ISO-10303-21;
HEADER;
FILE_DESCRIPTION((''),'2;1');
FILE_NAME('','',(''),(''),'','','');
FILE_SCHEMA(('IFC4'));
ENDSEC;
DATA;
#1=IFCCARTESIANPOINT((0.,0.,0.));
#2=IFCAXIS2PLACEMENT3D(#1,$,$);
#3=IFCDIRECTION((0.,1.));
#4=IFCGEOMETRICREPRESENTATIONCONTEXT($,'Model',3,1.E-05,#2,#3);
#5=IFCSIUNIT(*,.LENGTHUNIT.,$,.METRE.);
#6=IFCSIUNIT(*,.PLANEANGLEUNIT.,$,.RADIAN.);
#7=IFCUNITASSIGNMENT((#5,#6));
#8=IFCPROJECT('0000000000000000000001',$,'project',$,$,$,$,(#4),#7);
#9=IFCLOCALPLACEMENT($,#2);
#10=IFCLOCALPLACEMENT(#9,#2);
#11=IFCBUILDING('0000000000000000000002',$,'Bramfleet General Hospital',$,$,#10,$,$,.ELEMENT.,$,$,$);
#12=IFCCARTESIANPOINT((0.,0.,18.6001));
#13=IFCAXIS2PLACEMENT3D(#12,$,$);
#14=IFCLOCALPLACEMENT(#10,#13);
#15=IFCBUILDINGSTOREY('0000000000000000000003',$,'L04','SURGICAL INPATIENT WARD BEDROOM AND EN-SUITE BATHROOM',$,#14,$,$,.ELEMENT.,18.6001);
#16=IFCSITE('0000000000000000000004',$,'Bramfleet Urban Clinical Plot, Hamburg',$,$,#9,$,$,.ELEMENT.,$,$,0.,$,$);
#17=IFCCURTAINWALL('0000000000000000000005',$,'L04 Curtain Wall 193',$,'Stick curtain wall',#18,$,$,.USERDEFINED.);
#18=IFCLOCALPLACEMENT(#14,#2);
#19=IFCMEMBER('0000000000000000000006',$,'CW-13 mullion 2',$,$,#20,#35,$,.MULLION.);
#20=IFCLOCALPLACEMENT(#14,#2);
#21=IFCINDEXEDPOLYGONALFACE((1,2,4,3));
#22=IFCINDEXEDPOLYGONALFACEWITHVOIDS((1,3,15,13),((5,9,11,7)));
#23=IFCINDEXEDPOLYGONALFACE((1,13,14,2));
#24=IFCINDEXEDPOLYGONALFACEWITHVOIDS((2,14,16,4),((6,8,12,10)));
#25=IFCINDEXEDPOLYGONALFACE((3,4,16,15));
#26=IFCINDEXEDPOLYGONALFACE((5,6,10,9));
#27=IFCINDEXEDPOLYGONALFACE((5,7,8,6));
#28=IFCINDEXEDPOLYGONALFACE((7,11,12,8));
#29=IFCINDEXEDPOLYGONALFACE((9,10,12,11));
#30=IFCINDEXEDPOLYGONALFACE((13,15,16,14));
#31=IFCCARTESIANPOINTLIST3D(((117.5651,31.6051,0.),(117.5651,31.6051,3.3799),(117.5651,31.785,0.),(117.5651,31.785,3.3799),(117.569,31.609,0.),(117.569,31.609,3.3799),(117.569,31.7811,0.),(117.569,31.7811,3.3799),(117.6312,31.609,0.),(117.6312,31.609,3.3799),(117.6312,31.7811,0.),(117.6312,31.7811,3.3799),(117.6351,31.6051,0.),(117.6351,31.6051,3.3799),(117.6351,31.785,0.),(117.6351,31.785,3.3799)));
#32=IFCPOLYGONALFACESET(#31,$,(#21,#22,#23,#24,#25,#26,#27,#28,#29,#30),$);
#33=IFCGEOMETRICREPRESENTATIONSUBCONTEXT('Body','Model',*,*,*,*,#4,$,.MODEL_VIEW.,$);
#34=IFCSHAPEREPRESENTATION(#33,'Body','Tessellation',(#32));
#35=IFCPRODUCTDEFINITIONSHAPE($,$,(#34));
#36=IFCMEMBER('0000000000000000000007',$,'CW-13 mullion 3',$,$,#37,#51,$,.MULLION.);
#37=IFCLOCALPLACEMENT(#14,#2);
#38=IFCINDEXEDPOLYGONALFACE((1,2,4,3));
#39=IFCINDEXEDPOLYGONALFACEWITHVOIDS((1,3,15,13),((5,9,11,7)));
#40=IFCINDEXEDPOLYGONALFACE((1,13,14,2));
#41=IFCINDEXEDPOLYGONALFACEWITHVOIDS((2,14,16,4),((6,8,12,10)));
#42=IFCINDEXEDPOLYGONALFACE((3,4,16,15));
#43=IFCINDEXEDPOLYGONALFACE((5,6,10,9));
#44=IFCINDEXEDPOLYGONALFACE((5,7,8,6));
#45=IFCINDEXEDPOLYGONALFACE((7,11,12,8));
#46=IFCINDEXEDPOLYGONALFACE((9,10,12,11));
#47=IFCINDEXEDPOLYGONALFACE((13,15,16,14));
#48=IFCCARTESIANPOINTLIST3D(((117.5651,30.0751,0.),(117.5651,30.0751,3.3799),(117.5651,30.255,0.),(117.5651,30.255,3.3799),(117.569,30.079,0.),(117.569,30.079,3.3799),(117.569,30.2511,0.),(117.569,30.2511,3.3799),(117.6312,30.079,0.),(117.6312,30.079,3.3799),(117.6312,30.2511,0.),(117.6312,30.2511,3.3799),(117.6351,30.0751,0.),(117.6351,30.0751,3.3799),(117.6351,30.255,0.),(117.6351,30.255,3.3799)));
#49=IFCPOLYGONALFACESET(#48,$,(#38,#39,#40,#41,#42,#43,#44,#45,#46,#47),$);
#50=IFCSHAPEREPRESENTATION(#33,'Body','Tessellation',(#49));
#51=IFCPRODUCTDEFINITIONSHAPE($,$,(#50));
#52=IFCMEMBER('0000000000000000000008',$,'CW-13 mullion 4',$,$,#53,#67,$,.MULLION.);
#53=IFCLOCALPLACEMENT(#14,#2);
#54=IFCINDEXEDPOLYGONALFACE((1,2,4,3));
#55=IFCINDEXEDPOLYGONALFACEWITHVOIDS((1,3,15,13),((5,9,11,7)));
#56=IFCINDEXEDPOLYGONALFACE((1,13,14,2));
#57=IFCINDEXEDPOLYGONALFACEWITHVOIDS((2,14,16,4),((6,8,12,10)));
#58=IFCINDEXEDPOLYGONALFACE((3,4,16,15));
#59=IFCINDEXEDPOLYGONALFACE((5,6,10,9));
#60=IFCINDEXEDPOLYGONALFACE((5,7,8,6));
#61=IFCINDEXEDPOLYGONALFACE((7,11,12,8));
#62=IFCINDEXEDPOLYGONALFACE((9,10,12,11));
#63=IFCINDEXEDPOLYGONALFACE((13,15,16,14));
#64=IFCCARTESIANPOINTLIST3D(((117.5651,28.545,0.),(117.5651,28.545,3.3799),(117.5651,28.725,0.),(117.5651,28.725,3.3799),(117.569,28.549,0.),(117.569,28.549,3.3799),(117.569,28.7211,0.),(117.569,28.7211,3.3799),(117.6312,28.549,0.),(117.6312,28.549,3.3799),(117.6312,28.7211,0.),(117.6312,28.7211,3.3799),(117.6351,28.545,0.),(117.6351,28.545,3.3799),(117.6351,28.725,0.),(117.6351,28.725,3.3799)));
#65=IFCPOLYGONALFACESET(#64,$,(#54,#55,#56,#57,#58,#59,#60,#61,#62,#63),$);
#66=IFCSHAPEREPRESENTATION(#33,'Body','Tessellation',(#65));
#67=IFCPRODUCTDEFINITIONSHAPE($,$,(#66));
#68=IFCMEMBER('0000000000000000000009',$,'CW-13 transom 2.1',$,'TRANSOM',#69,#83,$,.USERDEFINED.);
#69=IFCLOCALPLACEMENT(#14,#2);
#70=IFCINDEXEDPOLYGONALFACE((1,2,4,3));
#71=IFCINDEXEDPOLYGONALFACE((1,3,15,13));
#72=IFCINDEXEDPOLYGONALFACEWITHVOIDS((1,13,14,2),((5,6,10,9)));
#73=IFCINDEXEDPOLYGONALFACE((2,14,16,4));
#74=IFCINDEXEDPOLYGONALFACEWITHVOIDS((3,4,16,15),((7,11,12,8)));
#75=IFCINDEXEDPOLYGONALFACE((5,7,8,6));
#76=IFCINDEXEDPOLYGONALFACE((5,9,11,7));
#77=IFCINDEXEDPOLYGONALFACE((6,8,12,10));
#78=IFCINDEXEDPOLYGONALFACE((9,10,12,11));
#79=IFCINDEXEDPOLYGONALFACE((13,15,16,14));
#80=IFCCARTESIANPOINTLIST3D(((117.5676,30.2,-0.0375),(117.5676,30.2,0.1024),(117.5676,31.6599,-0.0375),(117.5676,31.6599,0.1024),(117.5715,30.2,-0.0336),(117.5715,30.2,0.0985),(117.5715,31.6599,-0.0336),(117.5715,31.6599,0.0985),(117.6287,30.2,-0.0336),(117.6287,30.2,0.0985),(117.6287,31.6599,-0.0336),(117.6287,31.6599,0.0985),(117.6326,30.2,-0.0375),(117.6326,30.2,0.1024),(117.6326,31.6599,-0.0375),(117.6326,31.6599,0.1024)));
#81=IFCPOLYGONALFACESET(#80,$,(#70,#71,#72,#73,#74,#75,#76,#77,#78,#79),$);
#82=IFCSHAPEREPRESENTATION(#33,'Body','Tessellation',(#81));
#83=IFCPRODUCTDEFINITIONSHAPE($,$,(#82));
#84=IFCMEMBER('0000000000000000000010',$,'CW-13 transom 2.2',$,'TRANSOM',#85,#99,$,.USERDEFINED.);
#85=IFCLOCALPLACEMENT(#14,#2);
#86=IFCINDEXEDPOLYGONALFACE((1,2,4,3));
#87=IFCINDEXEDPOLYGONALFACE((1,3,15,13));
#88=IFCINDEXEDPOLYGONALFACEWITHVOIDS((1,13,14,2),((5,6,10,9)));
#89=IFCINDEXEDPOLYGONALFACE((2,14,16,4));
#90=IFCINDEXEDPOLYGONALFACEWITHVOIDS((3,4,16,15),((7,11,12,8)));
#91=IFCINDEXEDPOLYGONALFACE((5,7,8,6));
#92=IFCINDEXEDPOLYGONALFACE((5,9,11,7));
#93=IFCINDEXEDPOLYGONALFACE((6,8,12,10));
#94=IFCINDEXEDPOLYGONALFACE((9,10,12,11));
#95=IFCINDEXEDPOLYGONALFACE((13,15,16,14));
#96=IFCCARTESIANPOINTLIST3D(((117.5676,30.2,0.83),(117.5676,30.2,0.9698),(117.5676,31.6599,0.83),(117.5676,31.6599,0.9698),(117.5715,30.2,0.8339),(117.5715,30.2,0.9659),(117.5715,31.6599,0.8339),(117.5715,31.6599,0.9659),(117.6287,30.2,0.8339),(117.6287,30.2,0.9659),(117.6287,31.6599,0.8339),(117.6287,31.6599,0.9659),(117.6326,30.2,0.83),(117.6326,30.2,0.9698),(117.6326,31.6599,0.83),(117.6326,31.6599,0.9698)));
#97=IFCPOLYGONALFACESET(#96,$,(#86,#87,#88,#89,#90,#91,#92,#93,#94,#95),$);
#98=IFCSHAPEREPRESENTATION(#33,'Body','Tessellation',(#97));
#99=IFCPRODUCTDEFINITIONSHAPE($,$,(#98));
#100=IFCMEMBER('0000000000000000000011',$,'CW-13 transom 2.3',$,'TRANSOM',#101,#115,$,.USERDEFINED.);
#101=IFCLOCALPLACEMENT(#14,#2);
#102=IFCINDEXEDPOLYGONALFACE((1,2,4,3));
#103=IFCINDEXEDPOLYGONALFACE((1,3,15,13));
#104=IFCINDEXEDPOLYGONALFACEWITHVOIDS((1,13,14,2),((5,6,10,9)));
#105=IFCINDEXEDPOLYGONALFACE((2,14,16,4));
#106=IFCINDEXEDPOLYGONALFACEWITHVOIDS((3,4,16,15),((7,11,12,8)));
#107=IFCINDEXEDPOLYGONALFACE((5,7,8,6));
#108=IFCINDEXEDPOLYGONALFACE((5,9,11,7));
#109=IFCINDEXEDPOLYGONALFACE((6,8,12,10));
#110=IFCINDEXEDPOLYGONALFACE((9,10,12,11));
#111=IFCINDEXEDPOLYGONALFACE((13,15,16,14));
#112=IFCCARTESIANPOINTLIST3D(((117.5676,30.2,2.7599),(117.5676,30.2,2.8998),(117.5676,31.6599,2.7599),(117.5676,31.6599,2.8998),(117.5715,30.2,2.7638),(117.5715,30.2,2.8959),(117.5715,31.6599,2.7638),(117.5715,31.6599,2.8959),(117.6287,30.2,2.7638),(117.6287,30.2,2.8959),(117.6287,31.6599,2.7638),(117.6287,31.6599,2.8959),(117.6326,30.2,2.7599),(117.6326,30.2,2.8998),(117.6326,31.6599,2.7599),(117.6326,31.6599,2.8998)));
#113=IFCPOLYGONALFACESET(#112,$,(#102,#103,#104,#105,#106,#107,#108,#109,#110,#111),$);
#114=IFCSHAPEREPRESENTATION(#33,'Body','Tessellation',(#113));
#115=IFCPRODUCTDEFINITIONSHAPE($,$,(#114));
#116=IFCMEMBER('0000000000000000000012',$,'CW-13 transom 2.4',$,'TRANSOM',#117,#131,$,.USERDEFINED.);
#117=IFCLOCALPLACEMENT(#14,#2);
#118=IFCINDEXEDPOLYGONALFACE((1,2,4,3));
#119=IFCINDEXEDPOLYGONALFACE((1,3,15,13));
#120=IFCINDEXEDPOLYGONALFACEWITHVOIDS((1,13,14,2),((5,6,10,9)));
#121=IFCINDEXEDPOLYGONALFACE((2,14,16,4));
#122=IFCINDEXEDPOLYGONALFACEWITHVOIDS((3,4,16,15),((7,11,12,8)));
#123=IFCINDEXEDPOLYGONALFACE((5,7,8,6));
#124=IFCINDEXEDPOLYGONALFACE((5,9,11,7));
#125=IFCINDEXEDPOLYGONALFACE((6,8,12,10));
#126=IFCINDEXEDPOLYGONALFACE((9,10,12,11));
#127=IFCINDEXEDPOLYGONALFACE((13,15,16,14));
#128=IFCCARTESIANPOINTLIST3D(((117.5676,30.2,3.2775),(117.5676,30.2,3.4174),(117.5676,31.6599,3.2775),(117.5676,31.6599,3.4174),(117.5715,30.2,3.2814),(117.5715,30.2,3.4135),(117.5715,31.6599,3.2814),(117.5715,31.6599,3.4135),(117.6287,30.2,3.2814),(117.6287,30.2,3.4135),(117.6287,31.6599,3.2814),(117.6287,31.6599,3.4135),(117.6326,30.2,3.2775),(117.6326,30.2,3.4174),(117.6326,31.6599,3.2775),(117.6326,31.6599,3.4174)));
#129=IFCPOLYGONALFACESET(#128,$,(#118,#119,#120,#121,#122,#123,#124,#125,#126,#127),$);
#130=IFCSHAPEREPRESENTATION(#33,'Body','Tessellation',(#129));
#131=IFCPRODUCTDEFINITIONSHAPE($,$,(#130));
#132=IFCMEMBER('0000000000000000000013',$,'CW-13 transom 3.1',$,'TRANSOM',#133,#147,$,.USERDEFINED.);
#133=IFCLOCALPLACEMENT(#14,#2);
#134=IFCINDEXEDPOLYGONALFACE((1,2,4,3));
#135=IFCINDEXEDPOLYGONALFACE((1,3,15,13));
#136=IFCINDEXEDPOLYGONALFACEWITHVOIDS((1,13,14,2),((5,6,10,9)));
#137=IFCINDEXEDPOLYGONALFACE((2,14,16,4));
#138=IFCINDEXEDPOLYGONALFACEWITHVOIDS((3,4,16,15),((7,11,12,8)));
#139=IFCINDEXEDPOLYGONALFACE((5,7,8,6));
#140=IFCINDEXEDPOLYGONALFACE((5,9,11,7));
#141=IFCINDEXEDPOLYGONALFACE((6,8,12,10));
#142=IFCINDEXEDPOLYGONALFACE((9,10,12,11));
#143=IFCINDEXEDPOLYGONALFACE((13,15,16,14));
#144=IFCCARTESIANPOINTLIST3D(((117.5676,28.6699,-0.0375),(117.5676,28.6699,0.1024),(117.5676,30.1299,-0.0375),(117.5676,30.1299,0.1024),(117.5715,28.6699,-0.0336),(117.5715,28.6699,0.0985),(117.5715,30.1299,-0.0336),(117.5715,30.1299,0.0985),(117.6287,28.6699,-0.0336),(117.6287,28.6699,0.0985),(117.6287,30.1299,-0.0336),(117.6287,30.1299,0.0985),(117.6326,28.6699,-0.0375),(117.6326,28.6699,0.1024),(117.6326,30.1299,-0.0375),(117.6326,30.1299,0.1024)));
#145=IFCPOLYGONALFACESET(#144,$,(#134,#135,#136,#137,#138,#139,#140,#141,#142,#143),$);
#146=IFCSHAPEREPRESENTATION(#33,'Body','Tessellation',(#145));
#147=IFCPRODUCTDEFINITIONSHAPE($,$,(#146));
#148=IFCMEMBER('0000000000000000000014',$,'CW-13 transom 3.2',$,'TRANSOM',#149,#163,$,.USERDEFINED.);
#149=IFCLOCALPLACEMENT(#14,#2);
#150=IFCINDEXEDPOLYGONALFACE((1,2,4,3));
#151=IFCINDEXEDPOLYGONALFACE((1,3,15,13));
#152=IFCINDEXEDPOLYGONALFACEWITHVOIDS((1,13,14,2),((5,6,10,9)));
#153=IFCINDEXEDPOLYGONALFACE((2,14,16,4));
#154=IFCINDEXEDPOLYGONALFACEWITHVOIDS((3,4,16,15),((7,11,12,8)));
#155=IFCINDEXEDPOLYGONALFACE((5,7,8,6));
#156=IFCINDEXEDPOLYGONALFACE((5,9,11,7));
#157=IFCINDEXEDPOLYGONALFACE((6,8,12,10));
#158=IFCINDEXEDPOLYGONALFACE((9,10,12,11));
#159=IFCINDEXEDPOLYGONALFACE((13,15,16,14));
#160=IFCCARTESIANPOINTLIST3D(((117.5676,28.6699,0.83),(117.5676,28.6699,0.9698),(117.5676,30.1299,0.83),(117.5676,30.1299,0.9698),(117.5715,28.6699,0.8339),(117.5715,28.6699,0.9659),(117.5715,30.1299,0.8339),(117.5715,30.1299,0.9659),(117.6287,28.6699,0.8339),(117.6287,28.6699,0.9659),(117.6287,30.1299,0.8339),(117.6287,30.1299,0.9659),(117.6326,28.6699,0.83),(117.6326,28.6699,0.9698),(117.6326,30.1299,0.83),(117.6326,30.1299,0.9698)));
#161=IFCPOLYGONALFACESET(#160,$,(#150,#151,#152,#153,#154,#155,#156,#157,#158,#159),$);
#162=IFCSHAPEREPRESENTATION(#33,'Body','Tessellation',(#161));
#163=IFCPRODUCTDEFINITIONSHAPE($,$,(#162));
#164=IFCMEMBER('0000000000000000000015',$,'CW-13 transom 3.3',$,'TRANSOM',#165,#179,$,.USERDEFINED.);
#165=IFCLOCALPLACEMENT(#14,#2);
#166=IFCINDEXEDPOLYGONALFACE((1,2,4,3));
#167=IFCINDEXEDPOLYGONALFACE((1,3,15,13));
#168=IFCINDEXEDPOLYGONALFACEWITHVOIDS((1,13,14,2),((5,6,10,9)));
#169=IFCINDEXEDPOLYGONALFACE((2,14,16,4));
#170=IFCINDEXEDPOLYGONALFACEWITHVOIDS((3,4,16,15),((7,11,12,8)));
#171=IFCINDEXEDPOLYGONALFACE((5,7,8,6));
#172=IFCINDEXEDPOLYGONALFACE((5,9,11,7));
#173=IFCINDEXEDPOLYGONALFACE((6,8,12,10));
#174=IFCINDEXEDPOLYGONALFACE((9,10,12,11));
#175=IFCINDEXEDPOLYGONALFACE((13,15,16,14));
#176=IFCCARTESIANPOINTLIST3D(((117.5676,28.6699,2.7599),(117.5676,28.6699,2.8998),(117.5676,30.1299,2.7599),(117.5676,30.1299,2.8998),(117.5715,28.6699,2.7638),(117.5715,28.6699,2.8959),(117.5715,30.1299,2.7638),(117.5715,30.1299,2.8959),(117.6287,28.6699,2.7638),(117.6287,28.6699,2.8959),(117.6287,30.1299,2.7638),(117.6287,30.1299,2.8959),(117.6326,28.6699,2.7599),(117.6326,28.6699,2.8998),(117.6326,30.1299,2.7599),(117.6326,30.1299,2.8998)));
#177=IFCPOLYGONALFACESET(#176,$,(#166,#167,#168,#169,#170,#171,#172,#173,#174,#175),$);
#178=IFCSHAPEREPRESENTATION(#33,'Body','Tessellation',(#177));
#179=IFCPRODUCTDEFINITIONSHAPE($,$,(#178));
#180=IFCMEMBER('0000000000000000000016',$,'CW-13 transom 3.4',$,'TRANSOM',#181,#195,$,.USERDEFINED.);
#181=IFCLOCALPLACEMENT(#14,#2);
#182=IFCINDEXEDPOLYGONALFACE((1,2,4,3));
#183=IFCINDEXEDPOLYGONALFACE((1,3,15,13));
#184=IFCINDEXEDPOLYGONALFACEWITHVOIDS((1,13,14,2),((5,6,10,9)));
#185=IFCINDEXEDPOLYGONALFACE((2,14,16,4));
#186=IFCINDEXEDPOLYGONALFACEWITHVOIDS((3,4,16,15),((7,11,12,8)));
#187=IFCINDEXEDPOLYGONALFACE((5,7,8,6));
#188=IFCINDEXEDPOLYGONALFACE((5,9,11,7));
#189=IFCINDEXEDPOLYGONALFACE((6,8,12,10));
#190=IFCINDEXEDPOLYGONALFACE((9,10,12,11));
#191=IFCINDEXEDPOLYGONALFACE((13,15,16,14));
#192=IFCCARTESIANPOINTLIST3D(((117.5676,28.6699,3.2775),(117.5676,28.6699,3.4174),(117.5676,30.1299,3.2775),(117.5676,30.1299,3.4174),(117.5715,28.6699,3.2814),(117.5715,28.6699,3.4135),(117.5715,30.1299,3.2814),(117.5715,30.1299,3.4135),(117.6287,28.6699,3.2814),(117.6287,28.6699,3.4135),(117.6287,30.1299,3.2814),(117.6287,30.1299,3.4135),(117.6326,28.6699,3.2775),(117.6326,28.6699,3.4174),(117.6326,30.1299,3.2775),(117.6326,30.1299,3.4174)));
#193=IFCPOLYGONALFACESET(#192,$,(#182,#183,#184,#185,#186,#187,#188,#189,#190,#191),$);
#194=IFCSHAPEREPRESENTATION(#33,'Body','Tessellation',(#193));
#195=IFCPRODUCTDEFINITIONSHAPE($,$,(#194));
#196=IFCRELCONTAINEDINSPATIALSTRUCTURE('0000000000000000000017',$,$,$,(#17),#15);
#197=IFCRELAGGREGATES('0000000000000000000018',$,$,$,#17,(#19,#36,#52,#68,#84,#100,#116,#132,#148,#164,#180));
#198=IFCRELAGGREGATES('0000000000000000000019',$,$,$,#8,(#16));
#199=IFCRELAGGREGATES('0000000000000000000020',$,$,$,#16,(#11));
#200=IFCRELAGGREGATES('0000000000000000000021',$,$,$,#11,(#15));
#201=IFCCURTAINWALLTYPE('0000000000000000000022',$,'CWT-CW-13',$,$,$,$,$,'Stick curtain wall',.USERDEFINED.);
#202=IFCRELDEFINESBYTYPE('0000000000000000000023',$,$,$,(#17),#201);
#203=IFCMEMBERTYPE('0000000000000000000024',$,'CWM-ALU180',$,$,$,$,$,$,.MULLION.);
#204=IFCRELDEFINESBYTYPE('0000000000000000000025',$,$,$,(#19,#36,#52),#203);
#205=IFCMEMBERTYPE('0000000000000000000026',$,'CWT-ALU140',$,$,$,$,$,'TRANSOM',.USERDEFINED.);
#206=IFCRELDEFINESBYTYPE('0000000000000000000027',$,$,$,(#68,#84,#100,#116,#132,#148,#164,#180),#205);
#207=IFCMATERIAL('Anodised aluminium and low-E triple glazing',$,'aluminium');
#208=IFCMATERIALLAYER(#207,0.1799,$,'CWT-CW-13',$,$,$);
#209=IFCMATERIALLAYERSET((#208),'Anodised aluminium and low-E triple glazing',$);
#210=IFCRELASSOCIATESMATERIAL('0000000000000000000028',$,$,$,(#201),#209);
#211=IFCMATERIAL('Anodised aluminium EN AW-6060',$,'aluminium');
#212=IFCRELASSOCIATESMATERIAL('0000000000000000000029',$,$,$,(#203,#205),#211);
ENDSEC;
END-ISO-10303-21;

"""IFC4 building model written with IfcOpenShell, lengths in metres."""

from ifc_helpers import new_model, si_unit, direction, frame, origin, origin_2d, place, context, subcontext, project, spatial, hollow_rectangle, extrude, material, layer, layer_set, material_profile, profile_set, type_object, element, aggregate, save


model = new_model("IFC4")

# Units and contexts
model_context = context("Model", 3, precision=1e-05, world=origin(), true_north=direction((0.0, 1.0)))
body_context = subcontext(model_context, "Body", "Model", "MODEL_VIEW")
ifc_project = project(units=[si_unit("LENGTHUNIT", "METRE"), si_unit("PLANEANGLEUNIT", "RADIAN")], contexts=[model_context])

# Site, building, storey
site_placement = place(None, origin())
site = spatial("IfcSite", under=ifc_project, at=site_placement, Name="Bramfleet Urban Clinical Plot, Hamburg", CompositionType="ELEMENT", RefElevation=0.0)
building_placement = place(site_placement, origin())
building = spatial("IfcBuilding", under=site, at=building_placement, Name="Bramfleet General Hospital", CompositionType="ELEMENT")
storey_placement = place(building_placement, frame((0.0, 0.0, 18.6001)))
storey = spatial("IfcBuildingStorey", under=building, at=storey_placement, Name="L04", Description="SURGICAL INPATIENT WARD BEDROOM AND EN-SUITE BATHROOM", CompositionType="ELEMENT", Elevation=18.6001)

# Curtain wall, members
ifc_material_1 = material(Name="Anodised aluminium and low-E triple glazing", Category="aluminium")
ifc_layer_1 = layer(ifc_material_1, 0.1799, Name="CWT-CW-13")
ifc_layer_set_1 = layer_set([ifc_layer_1], Name="Anodised aluminium and low-E triple glazing")
curtain_wall_type = type_object("IfcCurtainWallType", Name="CWT-CW-13", ElementType="Stick curtain wall", PredefinedType="USERDEFINED", material=ifc_layer_set_1)
curtain_wall_placement = place(storey_placement, origin())
curtain_wall = element("IfcCurtainWall", 1, at=curtain_wall_placement, inside=storey, type_object=curtain_wall_type, Name="L04 Curtain Wall 193", ObjectType="Stick curtain wall", PredefinedType="USERDEFINED")
ifc_material_2 = material(Name="Anodised aluminium EN AW-6060", Category="aluminium")
ifc_material_profile_1 = material_profile(ifc_material_2, hollow_rectangle(XDim=0.0701, YDim=0.1799, WallThickness=0.0039, at=origin_2d()), Name="ALU 180x70x4.0")
ifc_profile_set_1 = profile_set([ifc_material_profile_1], Name="Anodised aluminium EN AW-6060")
member_type_1 = type_object("IfcMemberType", Name="CWM-ALU180", PredefinedType="MULLION", material=ifc_profile_set_1)
member_1_placement = place(storey_placement, frame((117.6001, 31.6951, 0.0), z_axis=(0.0, 0.0, 1.0), x_axis=(1.0, 0.0, 0.0)))
member_1 = element("IfcMember", 2, at=member_1_placement, type_object=member_type_1, Name="CW-13 mullion 2", PredefinedType="MULLION", context=body_context, shape_type="SweptSolid", body=[
    extrude(hollow_rectangle(XDim=0.0701, YDim=0.1799, WallThickness=0.0039, at=origin_2d()), origin(), (0.0, 0.0, 1.0), 3.3799),
])
member_2_placement = place(storey_placement, frame((117.6001, 30.165, 0.0), z_axis=(0.0, 0.0, 1.0), x_axis=(1.0, 0.0, 0.0)))
member_2 = element("IfcMember", 3, at=member_2_placement, type_object=member_type_1, Name="CW-13 mullion 3", PredefinedType="MULLION", context=body_context, shape_type="SweptSolid", body=[
    extrude(hollow_rectangle(XDim=0.0701, YDim=0.1799, WallThickness=0.0039, at=origin_2d()), origin(), (0.0, 0.0, 1.0), 3.3799),
])
member_3_placement = place(storey_placement, frame((117.6001, 28.635, 0.0), z_axis=(0.0, 0.0, 1.0), x_axis=(1.0, 0.0, 0.0)))
member_3 = element("IfcMember", 4, at=member_3_placement, type_object=member_type_1, Name="CW-13 mullion 4", PredefinedType="MULLION", context=body_context, shape_type="SweptSolid", body=[
    extrude(hollow_rectangle(XDim=0.0701, YDim=0.1799, WallThickness=0.0039, at=origin_2d()), origin(), (0.0, 0.0, 1.0), 3.3799),
])
ifc_material_profile_2 = material_profile(ifc_material_2, hollow_rectangle(XDim=0.0649, YDim=0.1399, WallThickness=0.0039, at=origin_2d()), Name="ALU 140x65x4.0")
ifc_profile_set_2 = profile_set([ifc_material_profile_2], Name="Anodised aluminium EN AW-6060")
member_type_2 = type_object("IfcMemberType", Name="CWT-ALU140", ElementType="TRANSOM", PredefinedType="USERDEFINED", material=ifc_profile_set_2)
member_4_placement = place(storey_placement, frame((117.6001, 31.6599, 0.0325), z_axis=(0.0, -1.0, 0.0), x_axis=(1.0, 0.0, 0.0)))
member_4 = element("IfcMember", 5, at=member_4_placement, type_object=member_type_2, Name="CW-13 transom 2.1", ObjectType="TRANSOM", PredefinedType="USERDEFINED", context=body_context, shape_type="SweptSolid", body=[
    extrude(hollow_rectangle(XDim=0.0649, YDim=0.1399, WallThickness=0.0039, at=origin_2d()), origin(), (0.0, 0.0, 1.0), 1.46),
])
member_5_placement = place(storey_placement, frame((117.6001, 31.6599, 0.8999), z_axis=(0.0, -1.0, 0.0), x_axis=(1.0, 0.0, 0.0)))
member_5 = element("IfcMember", 6, at=member_5_placement, type_object=member_type_2, Name="CW-13 transom 2.2", ObjectType="TRANSOM", PredefinedType="USERDEFINED", context=body_context, shape_type="SweptSolid", body=[
    extrude(hollow_rectangle(XDim=0.0649, YDim=0.1399, WallThickness=0.0039, at=origin_2d()), origin(), (0.0, 0.0, 1.0), 1.46),
])
member_6_placement = place(storey_placement, frame((117.6001, 31.6599, 2.8298), z_axis=(0.0, -1.0, 0.0), x_axis=(1.0, 0.0, 0.0)))
member_6 = element("IfcMember", 7, at=member_6_placement, type_object=member_type_2, Name="CW-13 transom 2.3", ObjectType="TRANSOM", PredefinedType="USERDEFINED", context=body_context, shape_type="SweptSolid", body=[
    extrude(hollow_rectangle(XDim=0.0649, YDim=0.1399, WallThickness=0.0039, at=origin_2d()), origin(), (0.0, 0.0, 1.0), 1.46),
])
member_7_placement = place(storey_placement, frame((117.6001, 31.6599, 3.3474), z_axis=(0.0, -1.0, 0.0), x_axis=(1.0, 0.0, 0.0)))
member_7 = element("IfcMember", 8, at=member_7_placement, type_object=member_type_2, Name="CW-13 transom 2.4", ObjectType="TRANSOM", PredefinedType="USERDEFINED", context=body_context, shape_type="SweptSolid", body=[
    extrude(hollow_rectangle(XDim=0.0649, YDim=0.1399, WallThickness=0.0039, at=origin_2d()), origin(), (0.0, 0.0, 1.0), 1.46),
])
member_8_placement = place(storey_placement, frame((117.6001, 30.1299, 0.0325), z_axis=(0.0, -1.0, 0.0), x_axis=(1.0, 0.0, 0.0)))
member_8 = element("IfcMember", 9, at=member_8_placement, type_object=member_type_2, Name="CW-13 transom 3.1", ObjectType="TRANSOM", PredefinedType="USERDEFINED", context=body_context, shape_type="SweptSolid", body=[
    extrude(hollow_rectangle(XDim=0.0649, YDim=0.1399, WallThickness=0.0039, at=origin_2d()), origin(), (0.0, 0.0, 1.0), 1.46),
])
member_9_placement = place(storey_placement, frame((117.6001, 30.1299, 0.8999), z_axis=(0.0, -1.0, 0.0), x_axis=(1.0, 0.0, 0.0)))
member_9 = element("IfcMember", 10, at=member_9_placement, type_object=member_type_2, Name="CW-13 transom 3.2", ObjectType="TRANSOM", PredefinedType="USERDEFINED", context=body_context, shape_type="SweptSolid", body=[
    extrude(hollow_rectangle(XDim=0.0649, YDim=0.1399, WallThickness=0.0039, at=origin_2d()), origin(), (0.0, 0.0, 1.0), 1.46),
])
member_10_placement = place(storey_placement, frame((117.6001, 30.1299, 2.8298), z_axis=(0.0, -1.0, 0.0), x_axis=(1.0, 0.0, 0.0)))
member_10 = element("IfcMember", 11, at=member_10_placement, type_object=member_type_2, Name="CW-13 transom 3.3", ObjectType="TRANSOM", PredefinedType="USERDEFINED", context=body_context, shape_type="SweptSolid", body=[
    extrude(hollow_rectangle(XDim=0.0649, YDim=0.1399, WallThickness=0.0039, at=origin_2d()), origin(), (0.0, 0.0, 1.0), 1.46),
])
member_11_placement = place(storey_placement, frame((117.6001, 30.1299, 3.3474), z_axis=(0.0, -1.0, 0.0), x_axis=(1.0, 0.0, 0.0)))
member_11 = element("IfcMember", 12, at=member_11_placement, type_object=member_type_2, Name="CW-13 transom 3.4", ObjectType="TRANSOM", PredefinedType="USERDEFINED", context=body_context, shape_type="SweptSolid", body=[
    extrude(hollow_rectangle(XDim=0.0649, YDim=0.1399, WallThickness=0.0039, at=origin_2d()), origin(), (0.0, 0.0, 1.0), 1.46),
])
aggregate(curtain_wall, [member_1, member_2, member_3, member_4, member_5, member_6, member_7, member_8, member_9, member_10, member_11])

save(model, "model.ifc")
